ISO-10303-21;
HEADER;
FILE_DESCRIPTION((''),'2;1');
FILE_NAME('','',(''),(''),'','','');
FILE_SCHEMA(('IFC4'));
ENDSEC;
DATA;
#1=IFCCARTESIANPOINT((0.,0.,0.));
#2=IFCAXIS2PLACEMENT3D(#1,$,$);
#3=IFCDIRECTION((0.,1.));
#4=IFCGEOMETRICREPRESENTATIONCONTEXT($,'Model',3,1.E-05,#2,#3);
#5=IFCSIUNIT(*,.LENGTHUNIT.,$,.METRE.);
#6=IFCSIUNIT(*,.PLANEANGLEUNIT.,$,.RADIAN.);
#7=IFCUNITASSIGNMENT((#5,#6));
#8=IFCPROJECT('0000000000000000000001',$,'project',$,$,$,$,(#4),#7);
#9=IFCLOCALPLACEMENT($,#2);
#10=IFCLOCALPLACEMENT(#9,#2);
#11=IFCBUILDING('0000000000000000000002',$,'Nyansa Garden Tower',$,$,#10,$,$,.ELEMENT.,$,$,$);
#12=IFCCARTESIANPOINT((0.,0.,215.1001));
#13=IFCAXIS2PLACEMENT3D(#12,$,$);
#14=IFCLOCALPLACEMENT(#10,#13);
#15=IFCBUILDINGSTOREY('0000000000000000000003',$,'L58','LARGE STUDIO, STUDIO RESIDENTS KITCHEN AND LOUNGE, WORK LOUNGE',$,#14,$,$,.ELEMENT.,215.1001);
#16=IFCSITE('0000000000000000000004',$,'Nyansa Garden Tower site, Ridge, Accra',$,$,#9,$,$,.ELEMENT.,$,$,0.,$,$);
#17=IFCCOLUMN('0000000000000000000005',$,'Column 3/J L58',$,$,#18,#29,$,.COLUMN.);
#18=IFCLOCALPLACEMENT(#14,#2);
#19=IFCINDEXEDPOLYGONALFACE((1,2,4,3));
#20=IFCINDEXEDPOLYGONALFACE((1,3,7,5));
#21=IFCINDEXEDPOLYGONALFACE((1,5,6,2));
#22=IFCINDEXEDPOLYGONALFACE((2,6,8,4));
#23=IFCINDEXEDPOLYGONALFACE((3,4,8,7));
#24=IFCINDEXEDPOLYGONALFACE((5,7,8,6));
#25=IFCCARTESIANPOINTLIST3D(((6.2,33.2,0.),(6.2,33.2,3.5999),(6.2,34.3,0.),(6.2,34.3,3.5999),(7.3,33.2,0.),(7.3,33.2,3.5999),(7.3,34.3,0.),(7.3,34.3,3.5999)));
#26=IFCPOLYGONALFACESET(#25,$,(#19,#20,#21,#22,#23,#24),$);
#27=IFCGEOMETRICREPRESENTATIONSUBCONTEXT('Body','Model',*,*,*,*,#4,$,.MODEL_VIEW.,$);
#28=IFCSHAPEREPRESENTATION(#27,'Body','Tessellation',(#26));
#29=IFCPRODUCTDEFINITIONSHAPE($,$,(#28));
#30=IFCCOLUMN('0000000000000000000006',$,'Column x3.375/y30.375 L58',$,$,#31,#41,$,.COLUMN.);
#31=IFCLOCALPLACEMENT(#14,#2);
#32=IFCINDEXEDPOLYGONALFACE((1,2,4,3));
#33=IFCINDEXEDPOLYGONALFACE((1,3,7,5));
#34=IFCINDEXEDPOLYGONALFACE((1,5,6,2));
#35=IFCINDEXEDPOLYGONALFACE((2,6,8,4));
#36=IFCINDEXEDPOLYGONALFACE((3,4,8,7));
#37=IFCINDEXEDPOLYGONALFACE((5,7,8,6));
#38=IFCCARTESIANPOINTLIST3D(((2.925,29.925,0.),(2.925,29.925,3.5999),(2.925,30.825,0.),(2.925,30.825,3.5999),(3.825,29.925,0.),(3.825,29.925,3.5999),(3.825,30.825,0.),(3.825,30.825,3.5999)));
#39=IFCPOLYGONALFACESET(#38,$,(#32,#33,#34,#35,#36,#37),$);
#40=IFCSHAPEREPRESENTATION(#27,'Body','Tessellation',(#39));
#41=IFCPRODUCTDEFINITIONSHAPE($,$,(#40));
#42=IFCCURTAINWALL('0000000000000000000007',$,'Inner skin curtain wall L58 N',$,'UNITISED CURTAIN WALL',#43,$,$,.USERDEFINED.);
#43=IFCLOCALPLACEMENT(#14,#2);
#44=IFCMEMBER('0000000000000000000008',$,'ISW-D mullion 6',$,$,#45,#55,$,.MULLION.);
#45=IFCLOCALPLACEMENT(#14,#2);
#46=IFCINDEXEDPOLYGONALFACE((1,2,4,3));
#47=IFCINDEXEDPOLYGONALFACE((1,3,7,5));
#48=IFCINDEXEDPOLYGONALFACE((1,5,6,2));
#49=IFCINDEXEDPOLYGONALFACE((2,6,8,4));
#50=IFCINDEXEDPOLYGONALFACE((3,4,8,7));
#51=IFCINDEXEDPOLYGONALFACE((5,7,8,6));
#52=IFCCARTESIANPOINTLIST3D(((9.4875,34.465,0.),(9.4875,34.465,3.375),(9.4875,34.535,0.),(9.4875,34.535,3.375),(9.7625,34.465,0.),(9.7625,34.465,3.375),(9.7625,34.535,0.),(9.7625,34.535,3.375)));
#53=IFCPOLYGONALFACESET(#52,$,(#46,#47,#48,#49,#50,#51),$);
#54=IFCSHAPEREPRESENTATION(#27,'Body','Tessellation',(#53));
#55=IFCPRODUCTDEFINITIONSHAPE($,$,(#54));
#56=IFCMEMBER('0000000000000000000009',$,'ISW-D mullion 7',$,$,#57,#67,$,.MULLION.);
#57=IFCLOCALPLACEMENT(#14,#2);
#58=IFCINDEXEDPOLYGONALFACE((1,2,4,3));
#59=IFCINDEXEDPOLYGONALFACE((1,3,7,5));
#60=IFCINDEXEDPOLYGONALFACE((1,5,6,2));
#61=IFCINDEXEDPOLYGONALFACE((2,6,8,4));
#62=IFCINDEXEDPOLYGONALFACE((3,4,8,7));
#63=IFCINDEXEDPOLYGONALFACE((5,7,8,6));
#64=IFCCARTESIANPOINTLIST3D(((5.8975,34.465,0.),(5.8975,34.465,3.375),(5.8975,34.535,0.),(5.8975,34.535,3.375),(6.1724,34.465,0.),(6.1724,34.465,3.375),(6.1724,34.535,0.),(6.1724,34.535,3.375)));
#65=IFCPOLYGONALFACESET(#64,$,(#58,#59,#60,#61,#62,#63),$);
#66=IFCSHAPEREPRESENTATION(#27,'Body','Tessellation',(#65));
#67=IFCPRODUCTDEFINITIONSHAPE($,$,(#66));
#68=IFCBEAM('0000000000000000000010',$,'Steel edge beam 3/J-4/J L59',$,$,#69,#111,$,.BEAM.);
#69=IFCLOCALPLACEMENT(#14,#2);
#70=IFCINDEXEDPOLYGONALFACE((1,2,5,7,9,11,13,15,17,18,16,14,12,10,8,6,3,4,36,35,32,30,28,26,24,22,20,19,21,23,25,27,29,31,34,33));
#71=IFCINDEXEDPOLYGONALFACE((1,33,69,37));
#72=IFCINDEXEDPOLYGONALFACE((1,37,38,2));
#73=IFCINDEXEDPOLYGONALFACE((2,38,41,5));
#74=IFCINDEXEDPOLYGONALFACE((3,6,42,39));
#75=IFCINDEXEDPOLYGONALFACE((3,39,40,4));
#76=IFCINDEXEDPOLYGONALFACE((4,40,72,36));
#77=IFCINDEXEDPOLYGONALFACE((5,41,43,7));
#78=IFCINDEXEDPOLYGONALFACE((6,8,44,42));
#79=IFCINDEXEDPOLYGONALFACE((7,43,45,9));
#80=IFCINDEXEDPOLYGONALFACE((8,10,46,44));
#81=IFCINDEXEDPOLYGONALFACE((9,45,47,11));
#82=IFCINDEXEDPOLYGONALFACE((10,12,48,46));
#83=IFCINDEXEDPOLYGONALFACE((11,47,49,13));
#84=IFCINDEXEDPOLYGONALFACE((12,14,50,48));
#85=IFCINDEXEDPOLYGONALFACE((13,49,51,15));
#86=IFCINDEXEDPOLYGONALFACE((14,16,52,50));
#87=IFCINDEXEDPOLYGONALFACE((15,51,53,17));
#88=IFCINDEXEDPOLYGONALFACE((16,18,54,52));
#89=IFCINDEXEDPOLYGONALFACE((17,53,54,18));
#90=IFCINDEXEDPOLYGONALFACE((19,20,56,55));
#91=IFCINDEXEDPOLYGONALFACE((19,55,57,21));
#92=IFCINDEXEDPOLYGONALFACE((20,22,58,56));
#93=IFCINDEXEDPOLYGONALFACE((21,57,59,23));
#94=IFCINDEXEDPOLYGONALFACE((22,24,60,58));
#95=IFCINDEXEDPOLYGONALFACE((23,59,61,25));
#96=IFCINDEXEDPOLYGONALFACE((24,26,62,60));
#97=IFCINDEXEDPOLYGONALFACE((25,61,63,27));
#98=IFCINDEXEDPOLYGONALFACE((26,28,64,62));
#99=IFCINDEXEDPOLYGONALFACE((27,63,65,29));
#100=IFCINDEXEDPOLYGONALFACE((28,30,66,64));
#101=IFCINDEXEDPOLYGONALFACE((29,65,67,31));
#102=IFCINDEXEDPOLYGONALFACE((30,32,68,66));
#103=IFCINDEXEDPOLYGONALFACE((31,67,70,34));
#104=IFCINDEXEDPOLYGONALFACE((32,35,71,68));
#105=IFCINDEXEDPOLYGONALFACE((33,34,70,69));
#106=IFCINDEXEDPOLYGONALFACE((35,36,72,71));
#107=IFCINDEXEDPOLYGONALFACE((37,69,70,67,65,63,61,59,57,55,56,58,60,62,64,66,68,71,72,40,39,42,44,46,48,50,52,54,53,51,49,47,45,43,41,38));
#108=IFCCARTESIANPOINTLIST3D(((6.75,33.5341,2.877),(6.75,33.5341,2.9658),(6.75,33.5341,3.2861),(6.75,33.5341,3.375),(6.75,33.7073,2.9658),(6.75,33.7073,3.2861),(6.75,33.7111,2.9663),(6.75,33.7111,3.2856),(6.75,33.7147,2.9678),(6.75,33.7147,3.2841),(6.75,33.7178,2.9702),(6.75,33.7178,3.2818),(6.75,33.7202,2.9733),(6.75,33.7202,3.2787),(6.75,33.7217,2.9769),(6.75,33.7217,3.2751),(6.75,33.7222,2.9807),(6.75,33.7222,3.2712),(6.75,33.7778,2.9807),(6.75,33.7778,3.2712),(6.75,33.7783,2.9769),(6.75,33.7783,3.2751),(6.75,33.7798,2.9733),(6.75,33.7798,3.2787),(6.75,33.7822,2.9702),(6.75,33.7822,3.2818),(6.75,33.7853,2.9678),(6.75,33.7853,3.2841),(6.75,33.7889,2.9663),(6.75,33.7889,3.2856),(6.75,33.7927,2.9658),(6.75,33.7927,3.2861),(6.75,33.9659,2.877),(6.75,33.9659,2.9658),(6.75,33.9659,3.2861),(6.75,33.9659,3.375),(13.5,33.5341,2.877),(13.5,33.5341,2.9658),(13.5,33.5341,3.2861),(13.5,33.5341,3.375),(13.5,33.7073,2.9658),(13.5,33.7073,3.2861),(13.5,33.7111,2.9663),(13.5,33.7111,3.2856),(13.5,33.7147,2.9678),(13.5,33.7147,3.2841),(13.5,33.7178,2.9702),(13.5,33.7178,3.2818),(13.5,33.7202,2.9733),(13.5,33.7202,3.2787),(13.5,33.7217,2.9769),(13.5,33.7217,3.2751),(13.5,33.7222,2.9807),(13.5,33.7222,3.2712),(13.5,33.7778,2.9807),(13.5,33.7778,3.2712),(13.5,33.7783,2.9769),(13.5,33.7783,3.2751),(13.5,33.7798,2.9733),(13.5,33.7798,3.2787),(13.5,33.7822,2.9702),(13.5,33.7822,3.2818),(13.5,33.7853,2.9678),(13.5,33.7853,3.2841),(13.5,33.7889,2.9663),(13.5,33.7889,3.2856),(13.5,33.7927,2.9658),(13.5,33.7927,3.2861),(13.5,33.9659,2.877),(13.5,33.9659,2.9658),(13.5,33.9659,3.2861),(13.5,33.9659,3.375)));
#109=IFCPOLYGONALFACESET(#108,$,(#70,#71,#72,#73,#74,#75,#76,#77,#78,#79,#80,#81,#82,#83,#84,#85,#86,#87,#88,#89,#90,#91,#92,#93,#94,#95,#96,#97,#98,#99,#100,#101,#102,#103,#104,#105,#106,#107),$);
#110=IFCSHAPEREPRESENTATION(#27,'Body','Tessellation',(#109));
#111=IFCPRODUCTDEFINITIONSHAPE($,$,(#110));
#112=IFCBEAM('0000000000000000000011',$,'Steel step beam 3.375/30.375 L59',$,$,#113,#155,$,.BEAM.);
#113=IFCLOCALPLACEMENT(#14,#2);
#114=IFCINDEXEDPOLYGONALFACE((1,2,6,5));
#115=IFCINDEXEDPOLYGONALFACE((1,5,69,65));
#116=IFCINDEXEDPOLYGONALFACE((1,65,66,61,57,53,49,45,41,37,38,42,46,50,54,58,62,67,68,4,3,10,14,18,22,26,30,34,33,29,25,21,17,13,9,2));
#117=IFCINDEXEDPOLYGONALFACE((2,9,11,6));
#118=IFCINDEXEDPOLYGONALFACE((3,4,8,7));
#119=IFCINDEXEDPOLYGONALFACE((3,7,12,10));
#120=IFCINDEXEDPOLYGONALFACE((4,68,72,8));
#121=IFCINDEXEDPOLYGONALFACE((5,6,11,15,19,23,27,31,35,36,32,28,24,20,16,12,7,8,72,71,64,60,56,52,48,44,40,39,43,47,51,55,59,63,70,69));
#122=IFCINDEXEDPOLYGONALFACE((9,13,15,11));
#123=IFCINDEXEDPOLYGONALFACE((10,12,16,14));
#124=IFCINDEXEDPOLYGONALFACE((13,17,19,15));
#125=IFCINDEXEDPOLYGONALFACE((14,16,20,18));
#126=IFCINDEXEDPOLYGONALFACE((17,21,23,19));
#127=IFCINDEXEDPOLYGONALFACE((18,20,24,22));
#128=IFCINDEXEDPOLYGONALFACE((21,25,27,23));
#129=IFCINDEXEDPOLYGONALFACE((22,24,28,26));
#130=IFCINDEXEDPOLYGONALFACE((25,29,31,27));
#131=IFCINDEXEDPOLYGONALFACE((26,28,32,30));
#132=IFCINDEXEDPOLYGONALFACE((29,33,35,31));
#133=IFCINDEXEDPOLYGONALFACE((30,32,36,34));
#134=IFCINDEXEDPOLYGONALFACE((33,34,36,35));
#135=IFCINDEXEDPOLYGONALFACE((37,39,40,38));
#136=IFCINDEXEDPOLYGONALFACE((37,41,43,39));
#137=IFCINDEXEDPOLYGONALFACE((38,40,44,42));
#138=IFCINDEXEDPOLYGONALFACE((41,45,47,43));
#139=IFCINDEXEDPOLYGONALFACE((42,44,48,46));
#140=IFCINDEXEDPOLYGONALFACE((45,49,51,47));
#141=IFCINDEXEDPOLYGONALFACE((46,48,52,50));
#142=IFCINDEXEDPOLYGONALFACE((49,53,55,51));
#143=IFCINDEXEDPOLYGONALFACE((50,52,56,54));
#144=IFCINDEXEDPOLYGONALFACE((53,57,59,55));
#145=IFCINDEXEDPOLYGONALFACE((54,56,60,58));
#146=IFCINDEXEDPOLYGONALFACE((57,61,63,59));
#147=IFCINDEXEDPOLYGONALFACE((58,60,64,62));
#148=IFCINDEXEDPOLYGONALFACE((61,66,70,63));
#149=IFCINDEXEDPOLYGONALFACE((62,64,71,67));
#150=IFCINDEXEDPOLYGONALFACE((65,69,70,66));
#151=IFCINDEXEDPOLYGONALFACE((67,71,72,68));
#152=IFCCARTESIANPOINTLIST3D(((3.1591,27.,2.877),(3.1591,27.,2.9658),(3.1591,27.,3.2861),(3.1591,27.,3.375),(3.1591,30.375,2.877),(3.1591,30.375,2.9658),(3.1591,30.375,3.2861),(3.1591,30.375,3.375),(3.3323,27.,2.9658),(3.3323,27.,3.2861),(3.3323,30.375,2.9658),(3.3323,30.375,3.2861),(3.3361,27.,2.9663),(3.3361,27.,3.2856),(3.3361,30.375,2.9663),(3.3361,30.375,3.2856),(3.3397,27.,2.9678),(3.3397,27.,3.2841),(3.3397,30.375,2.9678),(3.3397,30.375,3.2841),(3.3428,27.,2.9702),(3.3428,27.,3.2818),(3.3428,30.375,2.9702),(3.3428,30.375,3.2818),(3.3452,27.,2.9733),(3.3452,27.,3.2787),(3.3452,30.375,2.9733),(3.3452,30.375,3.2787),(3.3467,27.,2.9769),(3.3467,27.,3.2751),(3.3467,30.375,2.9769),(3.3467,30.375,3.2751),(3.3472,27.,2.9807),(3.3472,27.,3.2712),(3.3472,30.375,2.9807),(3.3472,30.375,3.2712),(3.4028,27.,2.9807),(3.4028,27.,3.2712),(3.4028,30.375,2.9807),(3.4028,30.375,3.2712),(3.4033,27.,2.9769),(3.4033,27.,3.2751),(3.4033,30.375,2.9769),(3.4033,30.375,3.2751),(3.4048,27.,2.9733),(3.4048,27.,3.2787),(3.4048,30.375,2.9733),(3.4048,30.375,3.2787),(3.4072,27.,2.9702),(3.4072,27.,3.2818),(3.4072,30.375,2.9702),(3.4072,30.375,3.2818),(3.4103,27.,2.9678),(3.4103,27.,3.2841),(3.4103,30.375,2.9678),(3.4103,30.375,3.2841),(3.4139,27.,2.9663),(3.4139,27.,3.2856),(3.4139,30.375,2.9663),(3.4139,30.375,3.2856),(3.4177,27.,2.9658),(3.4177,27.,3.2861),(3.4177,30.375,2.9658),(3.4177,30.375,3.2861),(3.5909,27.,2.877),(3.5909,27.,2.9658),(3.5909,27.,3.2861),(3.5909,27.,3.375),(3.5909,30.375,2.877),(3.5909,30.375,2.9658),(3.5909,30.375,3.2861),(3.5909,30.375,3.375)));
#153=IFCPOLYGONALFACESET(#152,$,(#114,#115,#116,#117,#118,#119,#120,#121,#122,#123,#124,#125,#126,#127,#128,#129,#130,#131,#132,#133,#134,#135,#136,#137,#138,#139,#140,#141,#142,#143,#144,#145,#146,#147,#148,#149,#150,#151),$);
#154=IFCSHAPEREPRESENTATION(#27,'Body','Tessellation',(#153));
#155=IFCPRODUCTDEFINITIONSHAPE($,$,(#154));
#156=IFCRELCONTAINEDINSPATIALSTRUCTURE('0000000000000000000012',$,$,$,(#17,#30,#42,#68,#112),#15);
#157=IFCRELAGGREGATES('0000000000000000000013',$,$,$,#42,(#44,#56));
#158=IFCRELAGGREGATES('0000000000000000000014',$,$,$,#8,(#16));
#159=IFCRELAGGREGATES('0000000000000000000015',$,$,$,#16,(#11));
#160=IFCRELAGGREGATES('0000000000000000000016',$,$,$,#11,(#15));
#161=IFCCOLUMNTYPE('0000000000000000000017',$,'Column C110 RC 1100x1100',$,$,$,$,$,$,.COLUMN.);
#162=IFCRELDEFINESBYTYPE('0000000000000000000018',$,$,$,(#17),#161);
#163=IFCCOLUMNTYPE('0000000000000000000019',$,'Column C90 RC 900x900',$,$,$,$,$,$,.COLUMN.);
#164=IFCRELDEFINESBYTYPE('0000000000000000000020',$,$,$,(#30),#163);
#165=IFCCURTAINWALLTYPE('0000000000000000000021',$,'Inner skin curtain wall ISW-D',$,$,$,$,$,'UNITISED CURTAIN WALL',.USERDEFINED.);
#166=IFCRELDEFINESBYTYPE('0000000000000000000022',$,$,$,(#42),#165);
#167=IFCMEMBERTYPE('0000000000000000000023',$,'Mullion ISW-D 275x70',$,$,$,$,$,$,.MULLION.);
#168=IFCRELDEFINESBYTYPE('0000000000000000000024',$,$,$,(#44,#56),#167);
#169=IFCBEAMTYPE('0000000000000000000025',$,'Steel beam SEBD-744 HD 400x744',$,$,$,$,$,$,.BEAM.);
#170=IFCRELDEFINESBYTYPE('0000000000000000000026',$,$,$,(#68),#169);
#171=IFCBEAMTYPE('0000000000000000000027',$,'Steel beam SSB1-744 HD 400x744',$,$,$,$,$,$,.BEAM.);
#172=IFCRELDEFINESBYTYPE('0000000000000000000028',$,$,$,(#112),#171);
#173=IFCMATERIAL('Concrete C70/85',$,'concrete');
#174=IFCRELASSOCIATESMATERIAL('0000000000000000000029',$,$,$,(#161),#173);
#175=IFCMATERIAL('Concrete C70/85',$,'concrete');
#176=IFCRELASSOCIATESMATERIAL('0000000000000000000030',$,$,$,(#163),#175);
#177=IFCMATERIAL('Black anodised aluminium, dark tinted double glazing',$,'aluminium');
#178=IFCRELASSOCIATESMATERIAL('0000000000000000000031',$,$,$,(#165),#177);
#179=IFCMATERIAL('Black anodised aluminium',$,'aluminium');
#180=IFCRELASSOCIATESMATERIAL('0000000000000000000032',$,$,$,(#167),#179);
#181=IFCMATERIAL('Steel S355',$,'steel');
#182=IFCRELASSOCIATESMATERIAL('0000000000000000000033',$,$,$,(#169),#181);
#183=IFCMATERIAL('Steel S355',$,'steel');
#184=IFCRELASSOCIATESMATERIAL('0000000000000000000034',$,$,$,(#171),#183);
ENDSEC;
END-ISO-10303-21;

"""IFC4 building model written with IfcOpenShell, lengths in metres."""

from ifc_helpers import new_model, si_unit, direction, frame, origin, origin_2d, place, context, subcontext, project, spatial, rectangle, i_section, extrude, material, material_profile, profile_set, type_object, element, aggregate, save


model = new_model("IFC4")

# Units and contexts
model_context = context("Model", 3, precision=1e-05, world=origin(), true_north=direction((0.0, 1.0)))
body_context = subcontext(model_context, "Body", "Model", "MODEL_VIEW")
ifc_project = project(units=[si_unit("LENGTHUNIT", "METRE"), si_unit("PLANEANGLEUNIT", "RADIAN")], contexts=[model_context])

# Site, building, storey
site_placement = place(None, origin())
site = spatial("IfcSite", under=ifc_project, at=site_placement, Name="Nyansa Garden Tower site, Ridge, Accra", CompositionType="ELEMENT", RefElevation=0.0)
building_placement = place(site_placement, origin())
building = spatial("IfcBuilding", under=site, at=building_placement, Name="Nyansa Garden Tower", CompositionType="ELEMENT")
storey_placement = place(building_placement, frame((0.0, 0.0, 215.1001)))
storey = spatial("IfcBuildingStorey", under=building, at=storey_placement, Name="L58", Description="LARGE STUDIO, STUDIO RESIDENTS KITCHEN AND LOUNGE, WORK LOUNGE", CompositionType="ELEMENT", Elevation=215.1001)

# Columns
ifc_material_1 = material(Name="Concrete C70/85", Category="concrete")
ifc_material_profile_1 = material_profile(ifc_material_1, rectangle(XDim=1.1001, YDim=1.1001, at=origin_2d()), Name="RC 1100x1100")
ifc_profile_set_1 = profile_set([ifc_material_profile_1], Name="Concrete C70/85")
column_type_1 = type_object("IfcColumnType", Name="Column C110 RC 1100x1100", PredefinedType="COLUMN", material=ifc_profile_set_1)
column_1_placement = place(storey_placement, frame((6.75, 33.75, 0.0), z_axis=(0.0, 0.0, 1.0), x_axis=(1.0, 0.0, 0.0)))
element("IfcColumn", 1, at=column_1_placement, inside=storey, type_object=column_type_1, Name="Column 3/J L58", PredefinedType="COLUMN", context=body_context, shape_type="SweptSolid", body=[
    extrude(rectangle(XDim=1.1001, YDim=1.1001, at=origin_2d()), origin(), (0.0, 0.0, 1.0), 3.5999),
])
ifc_material_2 = material(Name="Concrete C70/85", Category="concrete")
ifc_material_profile_2 = material_profile(ifc_material_2, rectangle(XDim=0.8999, YDim=0.8999, at=origin_2d()), Name="RC 900x900")
ifc_profile_set_2 = profile_set([ifc_material_profile_2], Name="Concrete C70/85")
column_type_2 = type_object("IfcColumnType", Name="Column C90 RC 900x900", PredefinedType="COLUMN", material=ifc_profile_set_2)
column_2_placement = place(storey_placement, frame((3.375, 30.375, 0.0), z_axis=(0.0, 0.0, 1.0), x_axis=(1.0, 0.0, 0.0)))
element("IfcColumn", 2, at=column_2_placement, inside=storey, type_object=column_type_2, Name="Column x3.375/y30.375 L58", PredefinedType="COLUMN", context=body_context, shape_type="SweptSolid", body=[
    extrude(rectangle(XDim=0.8999, YDim=0.8999, at=origin_2d()), origin(), (0.0, 0.0, 1.0), 3.5999),
])

# Curtain wall, members
ifc_material_3 = material(Name="Black anodised aluminium, dark tinted double glazing", Category="aluminium")
curtain_wall_type = type_object("IfcCurtainWallType", Name="Inner skin curtain wall ISW-D", ElementType="UNITISED CURTAIN WALL", PredefinedType="USERDEFINED", material=ifc_material_3)
curtain_wall_placement = place(storey_placement, origin())
curtain_wall = element("IfcCurtainWall", 3, at=curtain_wall_placement, inside=storey, type_object=curtain_wall_type, Name="Inner skin curtain wall L58 N", ObjectType="UNITISED CURTAIN WALL", PredefinedType="USERDEFINED")
ifc_material_4 = material(Name="Black anodised aluminium", Category="aluminium")
ifc_material_profile_3 = material_profile(ifc_material_4, rectangle(XDim=0.0701, YDim=0.2749, at=origin_2d()), Name="Mullion 275x70")
ifc_profile_set_3 = profile_set([ifc_material_profile_3], Name="Black anodised aluminium")
member_type_1 = type_object("IfcMemberType", Name="Mullion ISW-D 275x70", PredefinedType="MULLION", material=ifc_profile_set_3)
member_1_placement = place(storey_placement, frame((9.625, 34.5, 0.0), z_axis=(0.0, 0.0, 1.0), x_axis=(0.0, -1.0, 0.0)))
member_1 = element("IfcMember", 4, at=member_1_placement, type_object=member_type_1, Name="ISW-D mullion 6", PredefinedType="MULLION", context=body_context, shape_type="SweptSolid", body=[
    extrude(rectangle(XDim=0.0701, YDim=0.2749, at=origin_2d()), origin(), (0.0, 0.0, 1.0), 3.375),
])
member_2_placement = place(storey_placement, frame((6.0349, 34.5, 0.0), z_axis=(0.0, 0.0, 1.0), x_axis=(0.0, -1.0, 0.0)))
member_2 = element("IfcMember", 5, at=member_2_placement, type_object=member_type_1, Name="ISW-D mullion 7", PredefinedType="MULLION", context=body_context, shape_type="SweptSolid", body=[
    extrude(rectangle(XDim=0.0701, YDim=0.2749, at=origin_2d()), origin(), (0.0, 0.0, 1.0), 3.375),
])

# Beams
ifc_material_5 = material(Name="Steel S355", Category="steel")
ifc_material_profile_4 = material_profile(ifc_material_5, i_section(OverallWidth=0.4319, OverallDepth=0.498, WebThickness=0.0557, FlangeThickness=0.0889, FilletRadius=0.0149, at=origin_2d()), Name="HD 400x744")
ifc_profile_set_4 = profile_set([ifc_material_profile_4], Name="Steel S355")
beam_type_1 = type_object("IfcBeamType", Name="Steel beam SEBD-744 HD 400x744", PredefinedType="BEAM", material=ifc_profile_set_4)
beam_placement = place(storey_placement, frame((6.75, 33.75, 3.126), z_axis=(1.0, 0.0, 0.0), x_axis=(0.0, 1.0, 0.0)))
element("IfcBeam", 6, at=beam_placement, inside=storey, type_object=beam_type_1, Name="Steel edge beam 3/J-4/J L59", PredefinedType="BEAM", context=body_context, shape_type="SweptSolid", body=[
    extrude(i_section(OverallWidth=0.4319, OverallDepth=0.498, WebThickness=0.0557, FlangeThickness=0.0889, FilletRadius=0.0149, at=origin_2d()), origin(), (0.0, 0.0, 1.0), 6.75),
])
ifc_material_6 = material(Name="Steel S355", Category="steel")
ifc_material_profile_5 = material_profile(ifc_material_6, i_section(OverallWidth=0.4319, OverallDepth=0.498, WebThickness=0.0557, FlangeThickness=0.0889, FilletRadius=0.0149, at=origin_2d()), Name="HD 400x744")
ifc_profile_set_5 = profile_set([ifc_material_profile_5], Name="Steel S355")
beam_type_2 = type_object("IfcBeamType", Name="Steel beam SSB1-744 HD 400x744", PredefinedType="BEAM", material=ifc_profile_set_5)
for number, where, z_axis, x_axis, name in (
    (7, (3.375, 30.375, 3.126), (0.0, -1.0, 0.0), (1.0, 0.0, 0.0), "Steel step beam 3.375/30.375 L59"),
):
    element("IfcBeam", number, at=place(storey_placement, frame(where, z_axis=z_axis, x_axis=x_axis)), inside=storey, type_object=beam_type_2, Name=name, PredefinedType="BEAM", context=body_context, shape_type="SweptSolid", body=[
        extrude(i_section(OverallWidth=0.4319, OverallDepth=0.498, WebThickness=0.0557, FlangeThickness=0.0889, FilletRadius=0.0149, at=origin_2d()), origin(), (0.0, 0.0, 1.0), 3.375),
    ])

aggregate(curtain_wall, [member_1, member_2])

save(model, "model.ifc")
